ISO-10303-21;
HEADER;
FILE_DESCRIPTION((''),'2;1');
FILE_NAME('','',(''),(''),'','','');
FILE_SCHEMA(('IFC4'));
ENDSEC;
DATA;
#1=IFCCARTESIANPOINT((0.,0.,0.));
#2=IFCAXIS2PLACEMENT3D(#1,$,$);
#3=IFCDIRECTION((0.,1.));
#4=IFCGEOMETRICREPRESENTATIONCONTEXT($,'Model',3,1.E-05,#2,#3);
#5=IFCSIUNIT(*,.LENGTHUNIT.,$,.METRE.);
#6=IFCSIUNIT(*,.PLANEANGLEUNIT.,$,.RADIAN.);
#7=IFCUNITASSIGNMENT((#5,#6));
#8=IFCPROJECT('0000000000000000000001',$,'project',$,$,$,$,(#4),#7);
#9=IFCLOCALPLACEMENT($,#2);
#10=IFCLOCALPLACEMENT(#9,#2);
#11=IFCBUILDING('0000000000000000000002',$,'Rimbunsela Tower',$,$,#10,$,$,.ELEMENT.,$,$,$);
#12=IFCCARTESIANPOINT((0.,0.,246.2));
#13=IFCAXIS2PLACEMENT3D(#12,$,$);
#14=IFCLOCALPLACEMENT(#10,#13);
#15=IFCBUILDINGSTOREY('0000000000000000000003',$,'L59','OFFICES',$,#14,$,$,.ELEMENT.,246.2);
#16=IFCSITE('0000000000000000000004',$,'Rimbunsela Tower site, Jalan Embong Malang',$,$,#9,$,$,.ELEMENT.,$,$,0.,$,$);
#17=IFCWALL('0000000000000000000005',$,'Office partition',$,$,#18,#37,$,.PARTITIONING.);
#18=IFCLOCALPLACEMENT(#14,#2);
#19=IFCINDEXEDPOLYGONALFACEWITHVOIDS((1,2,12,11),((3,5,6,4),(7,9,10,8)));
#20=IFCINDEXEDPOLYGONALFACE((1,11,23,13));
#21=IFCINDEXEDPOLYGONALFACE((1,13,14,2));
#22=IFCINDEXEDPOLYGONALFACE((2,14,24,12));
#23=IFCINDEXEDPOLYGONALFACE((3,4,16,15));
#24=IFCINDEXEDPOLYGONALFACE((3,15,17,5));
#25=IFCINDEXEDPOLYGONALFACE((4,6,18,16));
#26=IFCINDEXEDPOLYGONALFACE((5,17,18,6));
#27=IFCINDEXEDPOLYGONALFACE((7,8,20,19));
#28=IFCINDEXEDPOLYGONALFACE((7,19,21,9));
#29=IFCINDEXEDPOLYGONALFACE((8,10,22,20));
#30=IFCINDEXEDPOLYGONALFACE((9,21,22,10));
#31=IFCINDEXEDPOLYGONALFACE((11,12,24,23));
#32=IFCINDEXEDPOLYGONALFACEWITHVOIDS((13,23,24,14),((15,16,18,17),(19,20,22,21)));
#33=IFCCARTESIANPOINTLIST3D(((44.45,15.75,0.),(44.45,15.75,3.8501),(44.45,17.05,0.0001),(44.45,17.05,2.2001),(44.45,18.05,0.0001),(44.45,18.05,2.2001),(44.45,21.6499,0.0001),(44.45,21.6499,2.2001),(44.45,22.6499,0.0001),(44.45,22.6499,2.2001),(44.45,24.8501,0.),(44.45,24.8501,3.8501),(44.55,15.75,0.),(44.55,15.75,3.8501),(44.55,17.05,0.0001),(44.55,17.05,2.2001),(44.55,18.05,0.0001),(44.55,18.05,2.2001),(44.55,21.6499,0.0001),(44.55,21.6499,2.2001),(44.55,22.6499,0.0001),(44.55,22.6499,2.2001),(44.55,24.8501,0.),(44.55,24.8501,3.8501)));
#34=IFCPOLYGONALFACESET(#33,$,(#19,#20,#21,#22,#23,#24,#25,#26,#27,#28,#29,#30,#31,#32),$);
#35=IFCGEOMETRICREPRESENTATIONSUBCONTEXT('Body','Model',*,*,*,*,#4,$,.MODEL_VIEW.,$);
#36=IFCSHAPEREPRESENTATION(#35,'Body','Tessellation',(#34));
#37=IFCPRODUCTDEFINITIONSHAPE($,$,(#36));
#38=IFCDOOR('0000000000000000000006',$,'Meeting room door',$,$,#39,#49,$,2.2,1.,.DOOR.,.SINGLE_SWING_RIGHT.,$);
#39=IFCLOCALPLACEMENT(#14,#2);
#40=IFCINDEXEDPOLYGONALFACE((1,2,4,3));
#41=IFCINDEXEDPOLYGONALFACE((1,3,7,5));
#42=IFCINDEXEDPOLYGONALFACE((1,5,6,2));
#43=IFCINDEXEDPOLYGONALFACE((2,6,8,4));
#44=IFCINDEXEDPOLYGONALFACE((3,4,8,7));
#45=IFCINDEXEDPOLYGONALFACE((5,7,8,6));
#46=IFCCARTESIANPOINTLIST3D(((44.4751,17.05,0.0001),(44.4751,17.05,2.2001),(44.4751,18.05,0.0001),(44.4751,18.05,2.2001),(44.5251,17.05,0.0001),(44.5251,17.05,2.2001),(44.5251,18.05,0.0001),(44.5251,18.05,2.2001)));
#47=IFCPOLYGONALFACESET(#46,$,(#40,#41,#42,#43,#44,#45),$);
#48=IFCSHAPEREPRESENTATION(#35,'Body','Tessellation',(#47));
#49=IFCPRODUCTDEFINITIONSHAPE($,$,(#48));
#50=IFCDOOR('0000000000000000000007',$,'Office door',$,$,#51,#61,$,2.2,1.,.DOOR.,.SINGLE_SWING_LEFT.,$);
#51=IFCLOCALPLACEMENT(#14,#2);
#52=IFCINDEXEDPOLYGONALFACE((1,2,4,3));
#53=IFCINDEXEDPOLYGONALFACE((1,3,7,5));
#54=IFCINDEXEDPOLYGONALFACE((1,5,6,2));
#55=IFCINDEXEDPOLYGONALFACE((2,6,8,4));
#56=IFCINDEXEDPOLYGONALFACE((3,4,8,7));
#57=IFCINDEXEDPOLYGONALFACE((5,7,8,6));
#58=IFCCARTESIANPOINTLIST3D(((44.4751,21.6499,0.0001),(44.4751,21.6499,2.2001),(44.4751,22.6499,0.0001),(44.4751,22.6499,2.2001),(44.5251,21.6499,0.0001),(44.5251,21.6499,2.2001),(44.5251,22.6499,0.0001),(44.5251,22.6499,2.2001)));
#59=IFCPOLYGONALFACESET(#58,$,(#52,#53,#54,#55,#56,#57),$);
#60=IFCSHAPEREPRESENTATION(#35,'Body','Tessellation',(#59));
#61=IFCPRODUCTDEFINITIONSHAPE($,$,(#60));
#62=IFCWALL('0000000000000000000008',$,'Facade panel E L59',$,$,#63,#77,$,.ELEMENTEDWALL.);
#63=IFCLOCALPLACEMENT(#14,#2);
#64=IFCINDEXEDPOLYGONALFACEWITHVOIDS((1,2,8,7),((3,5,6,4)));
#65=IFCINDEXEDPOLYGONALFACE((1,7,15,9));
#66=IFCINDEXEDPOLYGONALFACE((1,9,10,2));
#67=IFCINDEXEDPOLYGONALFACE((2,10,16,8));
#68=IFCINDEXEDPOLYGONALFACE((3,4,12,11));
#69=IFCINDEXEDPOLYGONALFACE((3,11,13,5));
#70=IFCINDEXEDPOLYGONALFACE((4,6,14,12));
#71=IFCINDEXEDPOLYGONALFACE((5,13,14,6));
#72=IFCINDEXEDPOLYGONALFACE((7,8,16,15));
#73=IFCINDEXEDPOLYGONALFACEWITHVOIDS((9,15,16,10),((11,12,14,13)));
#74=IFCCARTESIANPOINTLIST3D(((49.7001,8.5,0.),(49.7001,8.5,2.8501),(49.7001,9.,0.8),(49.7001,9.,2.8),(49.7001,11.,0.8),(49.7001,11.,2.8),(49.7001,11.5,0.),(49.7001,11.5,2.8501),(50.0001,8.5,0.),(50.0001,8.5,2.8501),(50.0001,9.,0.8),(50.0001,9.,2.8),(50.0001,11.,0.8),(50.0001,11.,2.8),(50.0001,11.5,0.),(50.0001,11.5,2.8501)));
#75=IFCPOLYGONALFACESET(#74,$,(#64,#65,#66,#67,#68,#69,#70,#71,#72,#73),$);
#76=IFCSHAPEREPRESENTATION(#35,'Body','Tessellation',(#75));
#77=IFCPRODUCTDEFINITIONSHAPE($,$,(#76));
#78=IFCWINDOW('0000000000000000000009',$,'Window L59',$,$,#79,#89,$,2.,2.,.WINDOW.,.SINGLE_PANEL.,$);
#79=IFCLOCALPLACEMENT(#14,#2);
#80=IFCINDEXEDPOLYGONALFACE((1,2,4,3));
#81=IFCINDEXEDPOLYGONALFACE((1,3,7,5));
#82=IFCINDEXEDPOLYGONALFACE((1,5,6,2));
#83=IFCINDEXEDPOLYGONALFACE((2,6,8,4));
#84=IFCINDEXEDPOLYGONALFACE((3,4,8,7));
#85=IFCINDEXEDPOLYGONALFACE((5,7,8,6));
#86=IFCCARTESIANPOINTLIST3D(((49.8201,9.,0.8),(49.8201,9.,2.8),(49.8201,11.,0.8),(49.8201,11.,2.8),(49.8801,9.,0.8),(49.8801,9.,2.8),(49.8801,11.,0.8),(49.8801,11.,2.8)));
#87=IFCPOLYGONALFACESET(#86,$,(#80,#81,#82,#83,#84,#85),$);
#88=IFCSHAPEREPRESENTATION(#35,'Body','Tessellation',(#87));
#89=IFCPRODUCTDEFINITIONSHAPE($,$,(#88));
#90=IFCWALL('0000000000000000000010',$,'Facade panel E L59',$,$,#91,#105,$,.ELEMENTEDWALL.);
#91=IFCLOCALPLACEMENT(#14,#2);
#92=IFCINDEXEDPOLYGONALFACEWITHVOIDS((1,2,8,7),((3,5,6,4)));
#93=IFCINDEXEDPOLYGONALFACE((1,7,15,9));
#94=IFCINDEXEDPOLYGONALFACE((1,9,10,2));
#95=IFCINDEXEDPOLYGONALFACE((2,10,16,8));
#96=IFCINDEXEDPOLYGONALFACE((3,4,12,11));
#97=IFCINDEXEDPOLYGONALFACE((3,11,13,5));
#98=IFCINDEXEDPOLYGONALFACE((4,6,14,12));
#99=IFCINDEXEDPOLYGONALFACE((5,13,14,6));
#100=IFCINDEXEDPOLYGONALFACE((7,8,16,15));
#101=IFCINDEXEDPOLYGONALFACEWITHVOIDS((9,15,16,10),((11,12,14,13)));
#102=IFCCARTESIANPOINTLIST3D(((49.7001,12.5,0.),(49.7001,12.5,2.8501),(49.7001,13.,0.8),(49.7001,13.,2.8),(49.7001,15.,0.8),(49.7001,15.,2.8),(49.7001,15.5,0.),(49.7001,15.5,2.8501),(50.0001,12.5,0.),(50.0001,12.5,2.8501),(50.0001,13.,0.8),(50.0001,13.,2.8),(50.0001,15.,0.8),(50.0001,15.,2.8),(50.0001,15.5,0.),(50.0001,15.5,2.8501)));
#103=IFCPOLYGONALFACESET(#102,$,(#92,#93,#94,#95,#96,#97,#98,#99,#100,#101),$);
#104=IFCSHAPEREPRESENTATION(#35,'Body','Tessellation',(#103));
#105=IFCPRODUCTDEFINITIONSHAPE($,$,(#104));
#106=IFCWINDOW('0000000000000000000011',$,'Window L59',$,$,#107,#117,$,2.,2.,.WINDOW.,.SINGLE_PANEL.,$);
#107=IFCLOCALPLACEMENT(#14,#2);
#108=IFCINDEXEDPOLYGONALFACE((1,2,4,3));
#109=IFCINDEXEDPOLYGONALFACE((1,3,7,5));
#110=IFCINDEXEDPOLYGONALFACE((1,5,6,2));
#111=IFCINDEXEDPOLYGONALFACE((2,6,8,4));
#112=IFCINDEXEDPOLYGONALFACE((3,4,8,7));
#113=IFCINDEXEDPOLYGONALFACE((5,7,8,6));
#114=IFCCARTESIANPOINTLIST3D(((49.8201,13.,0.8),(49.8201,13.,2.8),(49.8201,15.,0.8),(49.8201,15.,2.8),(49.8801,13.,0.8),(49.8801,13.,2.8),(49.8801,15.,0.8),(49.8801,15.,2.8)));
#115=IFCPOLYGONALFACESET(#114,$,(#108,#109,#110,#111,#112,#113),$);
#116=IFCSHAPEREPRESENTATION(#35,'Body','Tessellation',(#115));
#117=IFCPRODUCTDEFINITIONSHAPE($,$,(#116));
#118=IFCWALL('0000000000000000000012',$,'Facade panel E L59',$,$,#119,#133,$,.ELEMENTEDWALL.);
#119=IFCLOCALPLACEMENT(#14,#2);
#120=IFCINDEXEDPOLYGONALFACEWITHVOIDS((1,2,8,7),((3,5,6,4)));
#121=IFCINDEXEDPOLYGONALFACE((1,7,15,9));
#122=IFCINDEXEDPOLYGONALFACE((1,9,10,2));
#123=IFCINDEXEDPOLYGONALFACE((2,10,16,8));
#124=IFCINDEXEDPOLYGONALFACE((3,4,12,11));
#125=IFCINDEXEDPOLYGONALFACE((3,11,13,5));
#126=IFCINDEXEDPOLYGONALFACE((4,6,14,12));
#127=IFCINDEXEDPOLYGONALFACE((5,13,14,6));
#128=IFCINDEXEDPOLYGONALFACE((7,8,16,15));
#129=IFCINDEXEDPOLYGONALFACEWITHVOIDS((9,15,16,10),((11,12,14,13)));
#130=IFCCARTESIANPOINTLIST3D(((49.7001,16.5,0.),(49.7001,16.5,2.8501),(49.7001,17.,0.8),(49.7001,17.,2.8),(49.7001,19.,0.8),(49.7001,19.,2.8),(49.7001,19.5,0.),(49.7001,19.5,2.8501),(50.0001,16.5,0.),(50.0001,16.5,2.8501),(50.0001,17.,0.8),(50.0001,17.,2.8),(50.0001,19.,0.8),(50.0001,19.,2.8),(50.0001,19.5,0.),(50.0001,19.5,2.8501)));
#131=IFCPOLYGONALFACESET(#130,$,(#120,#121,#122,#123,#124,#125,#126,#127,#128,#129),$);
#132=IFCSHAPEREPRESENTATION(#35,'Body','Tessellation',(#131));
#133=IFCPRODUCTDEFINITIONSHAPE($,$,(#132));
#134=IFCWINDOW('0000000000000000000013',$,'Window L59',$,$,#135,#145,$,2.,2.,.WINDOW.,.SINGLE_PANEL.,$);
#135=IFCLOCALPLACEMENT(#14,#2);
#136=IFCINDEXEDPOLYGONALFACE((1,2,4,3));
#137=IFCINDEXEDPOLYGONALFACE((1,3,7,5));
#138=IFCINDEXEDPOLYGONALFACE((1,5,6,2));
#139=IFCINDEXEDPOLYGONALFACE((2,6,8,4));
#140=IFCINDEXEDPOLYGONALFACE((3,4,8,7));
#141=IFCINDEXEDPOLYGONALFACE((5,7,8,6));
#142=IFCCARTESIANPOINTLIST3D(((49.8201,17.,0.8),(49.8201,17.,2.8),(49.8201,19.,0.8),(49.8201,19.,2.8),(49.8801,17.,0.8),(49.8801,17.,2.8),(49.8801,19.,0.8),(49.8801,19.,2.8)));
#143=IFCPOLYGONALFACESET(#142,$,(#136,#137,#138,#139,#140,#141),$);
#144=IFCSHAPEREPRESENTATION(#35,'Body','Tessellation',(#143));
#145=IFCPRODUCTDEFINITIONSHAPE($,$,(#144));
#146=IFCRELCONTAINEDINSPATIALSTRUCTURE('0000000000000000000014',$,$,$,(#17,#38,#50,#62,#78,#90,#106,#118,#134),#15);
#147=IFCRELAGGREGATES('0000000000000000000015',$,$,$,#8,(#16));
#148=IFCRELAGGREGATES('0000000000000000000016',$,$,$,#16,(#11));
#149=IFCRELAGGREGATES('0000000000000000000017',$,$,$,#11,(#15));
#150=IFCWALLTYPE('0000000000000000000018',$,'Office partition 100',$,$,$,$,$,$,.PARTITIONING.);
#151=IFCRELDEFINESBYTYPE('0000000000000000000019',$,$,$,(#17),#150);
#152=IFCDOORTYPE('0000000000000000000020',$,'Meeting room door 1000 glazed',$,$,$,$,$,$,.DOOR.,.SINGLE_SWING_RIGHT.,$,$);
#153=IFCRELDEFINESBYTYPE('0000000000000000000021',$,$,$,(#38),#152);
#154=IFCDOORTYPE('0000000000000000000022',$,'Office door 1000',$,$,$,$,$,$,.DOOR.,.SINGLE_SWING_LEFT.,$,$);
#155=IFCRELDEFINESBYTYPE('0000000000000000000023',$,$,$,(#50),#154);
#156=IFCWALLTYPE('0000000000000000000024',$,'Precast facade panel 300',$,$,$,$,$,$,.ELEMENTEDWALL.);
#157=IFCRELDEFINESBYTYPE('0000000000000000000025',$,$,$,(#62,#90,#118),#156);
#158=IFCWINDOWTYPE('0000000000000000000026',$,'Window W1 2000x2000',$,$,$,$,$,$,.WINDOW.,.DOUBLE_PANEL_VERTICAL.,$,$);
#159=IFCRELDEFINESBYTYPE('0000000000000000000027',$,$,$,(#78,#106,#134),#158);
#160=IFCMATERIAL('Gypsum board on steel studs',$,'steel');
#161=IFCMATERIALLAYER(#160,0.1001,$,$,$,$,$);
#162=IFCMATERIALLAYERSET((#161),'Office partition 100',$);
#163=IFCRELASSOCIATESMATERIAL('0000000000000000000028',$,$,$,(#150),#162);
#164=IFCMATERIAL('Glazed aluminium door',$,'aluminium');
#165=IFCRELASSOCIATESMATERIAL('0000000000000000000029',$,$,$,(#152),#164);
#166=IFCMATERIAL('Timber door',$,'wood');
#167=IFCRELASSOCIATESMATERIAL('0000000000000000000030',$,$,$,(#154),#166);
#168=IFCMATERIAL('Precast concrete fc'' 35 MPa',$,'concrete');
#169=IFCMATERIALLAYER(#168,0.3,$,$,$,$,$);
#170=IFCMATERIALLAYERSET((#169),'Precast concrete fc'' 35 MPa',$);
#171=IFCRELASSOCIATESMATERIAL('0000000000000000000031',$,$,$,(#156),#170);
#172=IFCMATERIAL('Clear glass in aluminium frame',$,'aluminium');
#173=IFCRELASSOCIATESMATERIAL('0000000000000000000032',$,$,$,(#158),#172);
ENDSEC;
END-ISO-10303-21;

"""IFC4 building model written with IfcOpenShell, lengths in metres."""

from ifc_helpers import new_model, si_unit, direction, frame, frame_2d, origin, place, context, subcontext, project, spatial, rectangle, extrude, material, layer, layer_set, type_object, element, fill, save


model = new_model("IFC4")

# Units and contexts
model_context = context("Model", 3, precision=1e-05, world=origin(), true_north=direction((0.0, 1.0)))
body_context = subcontext(model_context, "Body", "Model", "MODEL_VIEW")
ifc_project = project(units=[si_unit("LENGTHUNIT", "METRE"), si_unit("PLANEANGLEUNIT", "RADIAN")], contexts=[model_context])

# Site, building, storey
site_placement = place(None, origin())
site = spatial("IfcSite", under=ifc_project, at=site_placement, Name="Rimbunsela Tower site, Jalan Embong Malang", CompositionType="ELEMENT", RefElevation=0.0)
building_placement = place(site_placement, origin())
building = spatial("IfcBuilding", under=site, at=building_placement, Name="Rimbunsela Tower", CompositionType="ELEMENT")
storey_placement = place(building_placement, frame((0.0, 0.0, 246.2)))
storey = spatial("IfcBuildingStorey", under=building, at=storey_placement, Name="L59", Description="OFFICES", CompositionType="ELEMENT", Elevation=246.2)

# Wall, openings, doors
ifc_material_1 = material(Name="Gypsum board on steel studs", Category="steel")
ifc_layer_1 = layer(ifc_material_1, 0.1001)
ifc_layer_set_1 = layer_set([ifc_layer_1], Name="Office partition 100")
wall_type_1 = type_object("IfcWallType", Name="Office partition 100", PredefinedType="PARTITIONING", material=ifc_layer_set_1)
wall_1_placement = place(storey_placement, frame((44.5, 15.75, 0.0), z_axis=(0.0, 0.0, 1.0), x_axis=(0.0, 1.0, 0.0)))
wall_1 = element("IfcWall", 1, at=wall_1_placement, inside=storey, type_object=wall_type_1, Name="Office partition", PredefinedType="PARTITIONING", context=body_context, shape_type="SweptSolid", body=[
    extrude(rectangle(XDim=9.1001, YDim=0.1001, at=frame_2d((4.55, 0.0))), origin(), (0.0, 0.0, 1.0), 3.8501),
])
opening_1_placement = place(wall_1_placement, frame((1.3, 0.0, 0.0)))
opening_1 = element("IfcOpeningElement", 2, at=opening_1_placement, cuts=wall_1, PredefinedType="OPENING", context=body_context, shape_type="SweptSolid", body=[
    extrude(rectangle(XDim=1.0, YDim=2.2, at=frame_2d((0.5, 1.1001))), frame((0.0, 0.0601, 0.0), z_axis=(0.0, -1.0, 0.0), x_axis=(1.0, 0.0, 0.0)), (0.0, 0.0, 1.0), 0.1201),
])
opening_2_placement = place(wall_1_placement, frame((5.8999, 0.0, 0.0)))
opening_2 = element("IfcOpeningElement", 3, at=opening_2_placement, cuts=wall_1, PredefinedType="OPENING", context=body_context, shape_type="SweptSolid", body=[
    extrude(rectangle(XDim=1.0, YDim=2.2, at=frame_2d((0.5, 1.1001))), frame((0.0, 0.0601, 0.0), z_axis=(0.0, -1.0, 0.0), x_axis=(1.0, 0.0, 0.0)), (0.0, 0.0, 1.0), 0.1201),
])
ifc_material_2 = material(Name="Glazed aluminium door", Category="aluminium")
door_type_1 = type_object("IfcDoorType", Name="Meeting room door 1000 glazed", OperationType="SINGLE_SWING_RIGHT", PredefinedType="DOOR", material=ifc_material_2)
door_1_placement = place(opening_1_placement, origin())
door_1 = element("IfcDoor", 4, at=door_1_placement, inside=storey, type_object=door_type_1, Name="Meeting room door", OperationType="SINGLE_SWING_RIGHT", OverallHeight=2.2, OverallWidth=1.0, PredefinedType="DOOR", context=body_context, shape_type="SweptSolid", body=[
    extrude(rectangle(XDim=1.0, YDim=2.2, at=frame_2d((0.5, 1.1001))), frame((0.0, 0.0249, 0.0), z_axis=(0.0, -1.0, 0.0), x_axis=(1.0, 0.0, 0.0)), (0.0, 0.0, 1.0), 0.05),
])
fill(opening_1, door_1)
ifc_material_3 = material(Name="Timber door", Category="wood")
door_type_2 = type_object("IfcDoorType", Name="Office door 1000", OperationType="SINGLE_SWING_LEFT", PredefinedType="DOOR", material=ifc_material_3)
door_2_placement = place(opening_2_placement, origin())
door_2 = element("IfcDoor", 5, at=door_2_placement, inside=storey, type_object=door_type_2, Name="Office door", OperationType="SINGLE_SWING_LEFT", OverallHeight=2.2, OverallWidth=1.0, PredefinedType="DOOR", context=body_context, shape_type="SweptSolid", body=[
    extrude(rectangle(XDim=1.0, YDim=2.2, at=frame_2d((0.5, 1.1001))), frame((0.0, 0.0249, 0.0), z_axis=(0.0, -1.0, 0.0), x_axis=(1.0, 0.0, 0.0)), (0.0, 0.0, 1.0), 0.05),
])
fill(opening_2, door_2)

# Walls, openings, windows
ifc_material_4 = material(Name="Precast concrete fc' 35 MPa", Category="concrete")
ifc_layer_2 = layer(ifc_material_4, 0.3)
ifc_layer_set_2 = layer_set([ifc_layer_2], Name="Precast concrete fc' 35 MPa")
wall_type_2 = type_object("IfcWallType", Name="Precast facade panel 300", PredefinedType="ELEMENTEDWALL", material=ifc_layer_set_2)
wall_2_placement = place(storey_placement, frame((49.8501, 8.5, 0.0), z_axis=(0.0, 0.0, 1.0), x_axis=(0.0, 1.0, 0.0)))
wall_2 = element("IfcWall", 6, at=wall_2_placement, inside=storey, type_object=wall_type_2, Name="Facade panel E L59", PredefinedType="ELEMENTEDWALL", context=body_context, shape_type="SweptSolid", body=[
    extrude(rectangle(XDim=3.0, YDim=0.3, at=frame_2d((1.5, 0.0))), origin(), (0.0, 0.0, 1.0), 2.8501),
])
opening_3_placement = place(wall_2_placement, frame((0.5, 0.0, 0.8)))
opening_3 = element("IfcOpeningElement", 7, at=opening_3_placement, cuts=wall_2, PredefinedType="OPENING", context=body_context, shape_type="SweptSolid", body=[
    extrude(rectangle(XDim=2.0, YDim=2.0, at=frame_2d((1.0, 1.0))), frame((0.0, 0.1599, 0.0), z_axis=(0.0, -1.0, 0.0), x_axis=(1.0, 0.0, 0.0)), (0.0, 0.0, 1.0), 0.3201),
])
ifc_material_5 = material(Name="Clear glass in aluminium frame", Category="aluminium")
window_type = type_object("IfcWindowType", Name="Window W1 2000x2000", PartitioningType="DOUBLE_PANEL_VERTICAL", PredefinedType="WINDOW", material=ifc_material_5)
window_1_placement = place(opening_3_placement, origin())
window_1 = element("IfcWindow", 8, at=window_1_placement, inside=storey, type_object=window_type, Name="Window L59", OverallHeight=2.0, OverallWidth=2.0, PartitioningType="SINGLE_PANEL", PredefinedType="WINDOW", context=body_context, shape_type="SweptSolid", body=[
    extrude(rectangle(XDim=2.0, YDim=2.0, at=frame_2d((1.0, 1.0))), frame((0.0, 0.03, 0.0), z_axis=(0.0, -1.0, 0.0), x_axis=(1.0, 0.0, 0.0)), (0.0, 0.0, 1.0), 0.0601),
])
fill(opening_3, window_1)
wall_3_placement = place(storey_placement, frame((49.8501, 12.5, 0.0), z_axis=(0.0, 0.0, 1.0), x_axis=(0.0, 1.0, 0.0)))
wall_3 = element("IfcWall", 9, at=wall_3_placement, inside=storey, type_object=wall_type_2, Name="Facade panel E L59", PredefinedType="ELEMENTEDWALL", context=body_context, shape_type="SweptSolid", body=[
    extrude(rectangle(XDim=3.0, YDim=0.3, at=frame_2d((1.5, 0.0))), origin(), (0.0, 0.0, 1.0), 2.8501),
])
opening_4_placement = place(wall_3_placement, frame((0.5, 0.0, 0.8)))
opening_4 = element("IfcOpeningElement", 10, at=opening_4_placement, cuts=wall_3, PredefinedType="OPENING", context=body_context, shape_type="SweptSolid", body=[
    extrude(rectangle(XDim=2.0, YDim=2.0, at=frame_2d((1.0, 1.0))), frame((0.0, 0.1599, 0.0), z_axis=(0.0, -1.0, 0.0), x_axis=(1.0, 0.0, 0.0)), (0.0, 0.0, 1.0), 0.3201),
])
window_2_placement = place(opening_4_placement, origin())
window_2 = element("IfcWindow", 11, at=window_2_placement, inside=storey, type_object=window_type, Name="Window L59", OverallHeight=2.0, OverallWidth=2.0, PartitioningType="SINGLE_PANEL", PredefinedType="WINDOW", context=body_context, shape_type="SweptSolid", body=[
    extrude(rectangle(XDim=2.0, YDim=2.0, at=frame_2d((1.0, 1.0))), frame((0.0, 0.03, 0.0), z_axis=(0.0, -1.0, 0.0), x_axis=(1.0, 0.0, 0.0)), (0.0, 0.0, 1.0), 0.0601),
])
fill(opening_4, window_2)
wall_4_placement = place(storey_placement, frame((49.8501, 16.5, 0.0), z_axis=(0.0, 0.0, 1.0), x_axis=(0.0, 1.0, 0.0)))
wall_4 = element("IfcWall", 12, at=wall_4_placement, inside=storey, type_object=wall_type_2, Name="Facade panel E L59", PredefinedType="ELEMENTEDWALL", context=body_context, shape_type="SweptSolid", body=[
    extrude(rectangle(XDim=3.0, YDim=0.3, at=frame_2d((1.5, 0.0))), origin(), (0.0, 0.0, 1.0), 2.8501),
])
opening_5_placement = place(wall_4_placement, frame((0.5, 0.0, 0.8)))
opening_5 = element("IfcOpeningElement", 13, at=opening_5_placement, cuts=wall_4, PredefinedType="OPENING", context=body_context, shape_type="SweptSolid", body=[
    extrude(rectangle(XDim=2.0, YDim=2.0, at=frame_2d((1.0, 1.0))), frame((0.0, 0.1599, 0.0), z_axis=(0.0, -1.0, 0.0), x_axis=(1.0, 0.0, 0.0)), (0.0, 0.0, 1.0), 0.3201),
])
window_3_placement = place(opening_5_placement, origin())
window_3 = element("IfcWindow", 14, at=window_3_placement, inside=storey, type_object=window_type, Name="Window L59", OverallHeight=2.0, OverallWidth=2.0, PartitioningType="SINGLE_PANEL", PredefinedType="WINDOW", context=body_context, shape_type="SweptSolid", body=[
    extrude(rectangle(XDim=2.0, YDim=2.0, at=frame_2d((1.0, 1.0))), frame((0.0, 0.03, 0.0), z_axis=(0.0, -1.0, 0.0), x_axis=(1.0, 0.0, 0.0)), (0.0, 0.0, 1.0), 0.0601),
])
fill(opening_5, window_3)

save(model, "model.ifc")
